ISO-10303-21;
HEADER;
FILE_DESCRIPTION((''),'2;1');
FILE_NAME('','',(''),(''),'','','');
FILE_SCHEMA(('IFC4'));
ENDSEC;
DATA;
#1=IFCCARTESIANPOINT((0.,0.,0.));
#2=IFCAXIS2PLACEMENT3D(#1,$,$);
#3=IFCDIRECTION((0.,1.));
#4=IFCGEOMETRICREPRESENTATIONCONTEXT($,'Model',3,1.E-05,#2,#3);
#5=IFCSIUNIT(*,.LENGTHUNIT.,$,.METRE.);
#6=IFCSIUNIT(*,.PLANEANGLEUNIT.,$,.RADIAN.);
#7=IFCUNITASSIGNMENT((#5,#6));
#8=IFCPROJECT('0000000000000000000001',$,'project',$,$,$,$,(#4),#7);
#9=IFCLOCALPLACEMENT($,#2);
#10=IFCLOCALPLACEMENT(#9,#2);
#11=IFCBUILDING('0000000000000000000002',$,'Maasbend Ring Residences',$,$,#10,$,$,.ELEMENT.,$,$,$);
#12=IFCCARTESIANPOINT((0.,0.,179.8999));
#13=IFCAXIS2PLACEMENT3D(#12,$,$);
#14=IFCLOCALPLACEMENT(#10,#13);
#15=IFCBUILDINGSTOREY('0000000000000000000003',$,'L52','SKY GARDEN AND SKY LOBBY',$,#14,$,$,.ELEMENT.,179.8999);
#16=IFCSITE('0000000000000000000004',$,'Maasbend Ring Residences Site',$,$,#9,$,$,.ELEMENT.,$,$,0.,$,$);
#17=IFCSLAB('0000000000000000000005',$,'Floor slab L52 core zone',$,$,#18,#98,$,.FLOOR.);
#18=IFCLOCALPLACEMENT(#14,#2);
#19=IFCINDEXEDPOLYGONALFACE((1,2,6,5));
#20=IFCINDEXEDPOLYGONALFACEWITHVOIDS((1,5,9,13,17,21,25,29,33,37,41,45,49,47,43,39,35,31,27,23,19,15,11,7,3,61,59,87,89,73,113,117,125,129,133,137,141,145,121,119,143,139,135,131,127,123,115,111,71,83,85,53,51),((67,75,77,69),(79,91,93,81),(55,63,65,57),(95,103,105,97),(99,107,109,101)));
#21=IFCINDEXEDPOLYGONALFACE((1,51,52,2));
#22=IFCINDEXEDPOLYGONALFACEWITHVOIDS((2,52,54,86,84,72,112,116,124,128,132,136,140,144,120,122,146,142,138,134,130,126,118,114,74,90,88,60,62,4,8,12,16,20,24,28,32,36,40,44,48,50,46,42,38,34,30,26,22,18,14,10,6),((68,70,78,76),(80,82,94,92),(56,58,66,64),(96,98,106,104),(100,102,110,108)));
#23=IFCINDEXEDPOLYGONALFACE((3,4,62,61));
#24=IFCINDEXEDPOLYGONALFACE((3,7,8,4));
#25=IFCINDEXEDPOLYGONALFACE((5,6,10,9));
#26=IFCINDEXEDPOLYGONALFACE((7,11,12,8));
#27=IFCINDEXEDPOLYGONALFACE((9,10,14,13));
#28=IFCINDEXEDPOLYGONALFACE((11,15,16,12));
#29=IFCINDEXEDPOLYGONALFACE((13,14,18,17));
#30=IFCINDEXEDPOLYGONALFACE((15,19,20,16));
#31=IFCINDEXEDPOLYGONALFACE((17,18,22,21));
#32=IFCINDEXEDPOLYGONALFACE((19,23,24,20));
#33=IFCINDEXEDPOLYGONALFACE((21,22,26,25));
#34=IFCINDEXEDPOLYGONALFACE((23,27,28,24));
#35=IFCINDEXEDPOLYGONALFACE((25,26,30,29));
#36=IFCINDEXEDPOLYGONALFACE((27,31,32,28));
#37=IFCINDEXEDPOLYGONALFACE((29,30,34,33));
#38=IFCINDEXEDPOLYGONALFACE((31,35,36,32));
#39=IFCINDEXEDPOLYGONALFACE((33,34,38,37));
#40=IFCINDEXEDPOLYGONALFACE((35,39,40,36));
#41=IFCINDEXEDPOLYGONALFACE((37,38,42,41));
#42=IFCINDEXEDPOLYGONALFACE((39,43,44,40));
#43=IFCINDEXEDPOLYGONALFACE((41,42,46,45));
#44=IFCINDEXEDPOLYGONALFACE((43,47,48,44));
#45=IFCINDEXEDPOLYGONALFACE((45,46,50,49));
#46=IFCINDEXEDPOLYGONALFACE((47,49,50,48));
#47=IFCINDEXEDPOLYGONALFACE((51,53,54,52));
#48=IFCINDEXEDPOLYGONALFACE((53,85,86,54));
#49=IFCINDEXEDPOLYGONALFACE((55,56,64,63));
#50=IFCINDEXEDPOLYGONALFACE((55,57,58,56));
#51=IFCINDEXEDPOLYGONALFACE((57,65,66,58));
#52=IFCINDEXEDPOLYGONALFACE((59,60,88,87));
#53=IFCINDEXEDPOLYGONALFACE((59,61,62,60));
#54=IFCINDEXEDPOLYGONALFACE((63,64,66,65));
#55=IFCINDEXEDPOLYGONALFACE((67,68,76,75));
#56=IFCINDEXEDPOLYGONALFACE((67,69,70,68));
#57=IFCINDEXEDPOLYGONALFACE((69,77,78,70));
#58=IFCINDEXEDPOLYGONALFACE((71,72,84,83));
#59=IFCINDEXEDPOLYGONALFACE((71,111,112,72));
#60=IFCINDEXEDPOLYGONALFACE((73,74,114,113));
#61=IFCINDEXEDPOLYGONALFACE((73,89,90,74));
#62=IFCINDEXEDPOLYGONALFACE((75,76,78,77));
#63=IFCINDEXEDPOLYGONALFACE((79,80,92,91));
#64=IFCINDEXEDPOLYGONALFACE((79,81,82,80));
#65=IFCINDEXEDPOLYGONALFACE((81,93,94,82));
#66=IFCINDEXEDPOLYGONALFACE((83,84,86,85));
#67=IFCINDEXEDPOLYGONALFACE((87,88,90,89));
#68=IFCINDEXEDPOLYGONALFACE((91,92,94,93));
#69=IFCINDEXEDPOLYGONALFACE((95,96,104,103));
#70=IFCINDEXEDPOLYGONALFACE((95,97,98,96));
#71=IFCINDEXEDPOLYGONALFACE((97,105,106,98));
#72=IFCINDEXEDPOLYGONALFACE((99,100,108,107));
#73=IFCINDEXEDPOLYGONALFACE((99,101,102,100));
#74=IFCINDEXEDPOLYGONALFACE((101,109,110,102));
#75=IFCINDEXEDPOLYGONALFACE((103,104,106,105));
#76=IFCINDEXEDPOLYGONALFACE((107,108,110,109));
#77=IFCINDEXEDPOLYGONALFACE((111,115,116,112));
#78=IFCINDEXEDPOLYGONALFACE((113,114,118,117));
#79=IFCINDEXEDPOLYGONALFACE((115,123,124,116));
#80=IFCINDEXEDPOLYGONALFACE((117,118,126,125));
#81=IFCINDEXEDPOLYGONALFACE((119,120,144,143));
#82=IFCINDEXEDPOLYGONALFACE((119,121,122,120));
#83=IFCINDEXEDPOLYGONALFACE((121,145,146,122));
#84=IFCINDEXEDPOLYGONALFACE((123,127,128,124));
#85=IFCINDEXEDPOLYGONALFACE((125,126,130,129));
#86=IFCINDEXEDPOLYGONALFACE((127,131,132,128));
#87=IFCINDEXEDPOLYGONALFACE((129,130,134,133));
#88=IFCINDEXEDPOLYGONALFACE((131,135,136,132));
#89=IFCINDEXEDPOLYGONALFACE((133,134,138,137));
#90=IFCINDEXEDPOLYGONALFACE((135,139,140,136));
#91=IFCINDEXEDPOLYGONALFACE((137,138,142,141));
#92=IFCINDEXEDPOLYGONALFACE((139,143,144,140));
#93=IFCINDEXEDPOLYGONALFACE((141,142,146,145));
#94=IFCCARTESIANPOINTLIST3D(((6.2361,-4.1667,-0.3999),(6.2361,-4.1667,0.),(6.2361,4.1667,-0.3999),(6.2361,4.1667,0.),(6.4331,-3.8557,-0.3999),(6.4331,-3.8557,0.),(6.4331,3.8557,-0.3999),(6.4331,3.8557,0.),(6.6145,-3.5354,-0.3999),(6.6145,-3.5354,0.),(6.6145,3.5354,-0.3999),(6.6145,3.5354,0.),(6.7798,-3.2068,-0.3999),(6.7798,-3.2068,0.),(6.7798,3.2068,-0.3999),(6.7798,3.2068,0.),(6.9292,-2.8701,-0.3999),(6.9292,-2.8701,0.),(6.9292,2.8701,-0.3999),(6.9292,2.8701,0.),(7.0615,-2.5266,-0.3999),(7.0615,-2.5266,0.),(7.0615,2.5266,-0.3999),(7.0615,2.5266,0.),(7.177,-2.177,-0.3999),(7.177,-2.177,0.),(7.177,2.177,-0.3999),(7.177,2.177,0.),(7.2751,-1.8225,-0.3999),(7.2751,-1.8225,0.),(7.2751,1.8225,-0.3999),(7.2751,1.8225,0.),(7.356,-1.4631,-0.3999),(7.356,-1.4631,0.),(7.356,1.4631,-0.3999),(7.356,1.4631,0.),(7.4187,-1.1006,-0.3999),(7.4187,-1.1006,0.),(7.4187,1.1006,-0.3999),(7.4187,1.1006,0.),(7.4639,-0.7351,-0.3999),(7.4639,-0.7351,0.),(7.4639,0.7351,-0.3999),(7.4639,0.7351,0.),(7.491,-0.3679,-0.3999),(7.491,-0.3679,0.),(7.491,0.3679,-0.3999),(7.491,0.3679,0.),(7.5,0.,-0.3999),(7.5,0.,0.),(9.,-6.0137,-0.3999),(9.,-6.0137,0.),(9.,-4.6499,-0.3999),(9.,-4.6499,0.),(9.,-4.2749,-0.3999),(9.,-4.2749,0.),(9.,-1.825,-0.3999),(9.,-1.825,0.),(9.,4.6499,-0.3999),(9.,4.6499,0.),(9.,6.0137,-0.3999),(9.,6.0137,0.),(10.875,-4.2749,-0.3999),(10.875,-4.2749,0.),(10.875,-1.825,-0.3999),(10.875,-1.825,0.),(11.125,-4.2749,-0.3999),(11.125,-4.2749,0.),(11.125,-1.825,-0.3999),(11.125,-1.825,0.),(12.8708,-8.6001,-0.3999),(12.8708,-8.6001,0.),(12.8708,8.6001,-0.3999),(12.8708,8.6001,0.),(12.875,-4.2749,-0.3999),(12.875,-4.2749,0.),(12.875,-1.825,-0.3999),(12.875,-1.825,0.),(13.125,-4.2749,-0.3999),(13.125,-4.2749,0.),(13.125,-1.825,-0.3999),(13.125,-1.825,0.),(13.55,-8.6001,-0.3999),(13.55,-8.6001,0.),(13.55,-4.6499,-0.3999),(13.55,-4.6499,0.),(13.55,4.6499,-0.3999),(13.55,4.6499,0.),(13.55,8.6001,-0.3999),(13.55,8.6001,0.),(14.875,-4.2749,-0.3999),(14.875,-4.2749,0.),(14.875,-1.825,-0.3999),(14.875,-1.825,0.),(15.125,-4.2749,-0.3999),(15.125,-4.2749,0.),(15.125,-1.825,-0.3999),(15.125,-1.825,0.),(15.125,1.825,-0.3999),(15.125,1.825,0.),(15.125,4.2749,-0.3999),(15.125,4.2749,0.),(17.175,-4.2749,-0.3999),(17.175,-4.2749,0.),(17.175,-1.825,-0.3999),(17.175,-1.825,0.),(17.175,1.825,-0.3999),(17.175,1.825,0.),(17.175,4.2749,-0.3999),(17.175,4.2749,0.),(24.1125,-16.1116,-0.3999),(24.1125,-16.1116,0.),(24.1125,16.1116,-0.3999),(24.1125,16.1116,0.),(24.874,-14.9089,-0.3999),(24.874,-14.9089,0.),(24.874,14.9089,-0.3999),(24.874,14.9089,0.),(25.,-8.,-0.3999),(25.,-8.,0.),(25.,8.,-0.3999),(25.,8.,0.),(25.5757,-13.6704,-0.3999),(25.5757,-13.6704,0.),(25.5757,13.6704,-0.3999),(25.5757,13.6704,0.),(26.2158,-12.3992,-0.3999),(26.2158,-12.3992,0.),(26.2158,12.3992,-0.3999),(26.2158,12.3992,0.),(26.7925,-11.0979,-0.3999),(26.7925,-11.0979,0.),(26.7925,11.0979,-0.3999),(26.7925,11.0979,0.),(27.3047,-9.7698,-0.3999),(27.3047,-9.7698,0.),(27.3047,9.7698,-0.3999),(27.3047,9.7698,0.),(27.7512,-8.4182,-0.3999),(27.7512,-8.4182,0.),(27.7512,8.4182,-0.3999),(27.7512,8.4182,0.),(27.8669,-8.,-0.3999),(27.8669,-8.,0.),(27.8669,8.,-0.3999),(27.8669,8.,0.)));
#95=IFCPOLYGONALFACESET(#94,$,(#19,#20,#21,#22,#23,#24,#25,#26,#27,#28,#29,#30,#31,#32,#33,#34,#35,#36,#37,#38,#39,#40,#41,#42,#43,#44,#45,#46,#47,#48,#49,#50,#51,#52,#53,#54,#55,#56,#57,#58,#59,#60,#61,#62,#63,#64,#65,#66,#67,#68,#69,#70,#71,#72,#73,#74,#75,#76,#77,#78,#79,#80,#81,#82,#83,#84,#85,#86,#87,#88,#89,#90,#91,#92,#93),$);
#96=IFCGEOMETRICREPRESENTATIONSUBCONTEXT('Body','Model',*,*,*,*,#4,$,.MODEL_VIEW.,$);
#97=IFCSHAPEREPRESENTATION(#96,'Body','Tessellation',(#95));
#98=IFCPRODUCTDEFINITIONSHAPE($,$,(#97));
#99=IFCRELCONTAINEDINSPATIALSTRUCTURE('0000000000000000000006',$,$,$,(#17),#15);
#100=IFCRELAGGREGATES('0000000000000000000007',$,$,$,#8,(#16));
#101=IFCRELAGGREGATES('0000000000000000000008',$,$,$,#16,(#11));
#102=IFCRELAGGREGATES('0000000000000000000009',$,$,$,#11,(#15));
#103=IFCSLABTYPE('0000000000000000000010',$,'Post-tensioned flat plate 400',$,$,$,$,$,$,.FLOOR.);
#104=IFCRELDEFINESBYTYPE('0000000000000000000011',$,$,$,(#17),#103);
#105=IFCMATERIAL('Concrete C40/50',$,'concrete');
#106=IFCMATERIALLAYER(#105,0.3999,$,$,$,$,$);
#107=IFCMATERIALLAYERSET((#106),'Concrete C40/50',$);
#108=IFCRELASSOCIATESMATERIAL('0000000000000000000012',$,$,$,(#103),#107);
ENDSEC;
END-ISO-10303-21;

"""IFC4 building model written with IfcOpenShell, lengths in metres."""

from ifc_helpers import new_model, si_unit, direction, frame, origin, place, context, subcontext, project, spatial, polyline, outline, extrude, material, layer, layer_set, type_object, element, save


model = new_model("IFC4")

# Units and contexts
model_context = context("Model", 3, precision=1e-05, world=origin(), true_north=direction((0.0, 1.0)))
body_context = subcontext(model_context, "Body", "Model", "MODEL_VIEW")
ifc_project = project(units=[si_unit("LENGTHUNIT", "METRE"), si_unit("PLANEANGLEUNIT", "RADIAN")], contexts=[model_context])

# Site, building, storey
site_placement = place(None, origin())
site = spatial("IfcSite", under=ifc_project, at=site_placement, Name="Maasbend Ring Residences Site", CompositionType="ELEMENT", RefElevation=0.0)
building_placement = place(site_placement, origin())
building = spatial("IfcBuilding", under=site, at=building_placement, Name="Maasbend Ring Residences", CompositionType="ELEMENT")
storey_placement = place(building_placement, frame((0.0, 0.0, 179.8999)))
storey = spatial("IfcBuildingStorey", under=building, at=storey_placement, Name="L52", Description="SKY GARDEN AND SKY LOBBY", CompositionType="ELEMENT", Elevation=179.8999)

# Slab
ifc_material_1 = material(Name="Concrete C40/50", Category="concrete")
ifc_layer_1 = layer(ifc_material_1, 0.3999)
ifc_layer_set_1 = layer_set([ifc_layer_1], Name="Concrete C40/50")
slab_type_1 = type_object("IfcSlabType", Name="Post-tensioned flat plate 400", PredefinedType="FLOOR", material=ifc_layer_set_1)
slab_1_placement = place(storey_placement, frame((0.0, 0.0, -0.3999)))
element("IfcSlab", 1, at=slab_1_placement, inside=storey, type_object=slab_type_1, Name="Floor slab L52 core zone", PredefinedType="FLOOR", context=body_context, shape_type="SweptSolid", body=[
    extrude(outline(polyline([(26.2158, -12.3992), (26.7925, -11.0979), (27.3047, -9.7698), (27.7512, -8.4182), (27.8669, -8.0), (25.0, -8.0), (25.0, 8.0), (27.8669, 8.0), (27.7512, 8.4182), (27.3047, 9.7698), (26.7925, 11.0979), (26.2158, 12.3992), (25.5757, 13.6704), (24.874, 14.9089), (24.1125, 16.1116), (12.8708, 8.6001), (13.55, 8.6001), (13.55, 4.6499), (9.0, 4.6499), (9.0, 6.0137), (6.2361, 4.1667), (6.4331, 3.8557), (6.6145, 3.5354), (6.7798, 3.2068), (6.9292, 2.8701), (7.0615, 2.5266), (7.177, 2.177), (7.2751, 1.8225), (7.356, 1.4631), (7.4187, 1.1006), (7.4639, 0.7351), (7.491, 0.3679), (7.5, 0.0), (7.491, -0.3679), (7.4639, -0.7351), (7.4187, -1.1006), (7.356, -1.4631), (7.2751, -1.8225), (7.177, -2.177), (7.0615, -2.5266), (6.9292, -2.8701), (6.7798, -3.2068), (6.6145, -3.5354), (6.4331, -3.8557), (6.2361, -4.1667), (9.0, -6.0137), (9.0, -4.6499), (13.55, -4.6499), (13.55, -8.6001), (12.8708, -8.6001), (24.1125, -16.1116), (24.874, -14.9089), (25.5757, -13.6704), (26.2158, -12.3992)]), holes=[polyline([(17.175, -4.2749), (15.125, -4.2749), (15.125, -1.825), (17.175, -1.825), (17.175, -4.2749)]), polyline([(17.175, 1.825), (15.125, 1.825), (15.125, 4.2749), (17.175, 4.2749), (17.175, 1.825)]), polyline([(14.875, -4.2749), (13.125, -4.2749), (13.125, -1.825), (14.875, -1.825), (14.875, -4.2749)]), polyline([(12.875, -4.2749), (11.125, -4.2749), (11.125, -1.825), (12.875, -1.825), (12.875, -4.2749)]), polyline([(10.875, -4.2749), (9.0, -4.2749), (9.0, -1.825), (10.875, -1.825), (10.875, -4.2749)])]), origin(), (0.0, 0.0, 1.0), 0.3999),
])

save(model, "model.ifc")
